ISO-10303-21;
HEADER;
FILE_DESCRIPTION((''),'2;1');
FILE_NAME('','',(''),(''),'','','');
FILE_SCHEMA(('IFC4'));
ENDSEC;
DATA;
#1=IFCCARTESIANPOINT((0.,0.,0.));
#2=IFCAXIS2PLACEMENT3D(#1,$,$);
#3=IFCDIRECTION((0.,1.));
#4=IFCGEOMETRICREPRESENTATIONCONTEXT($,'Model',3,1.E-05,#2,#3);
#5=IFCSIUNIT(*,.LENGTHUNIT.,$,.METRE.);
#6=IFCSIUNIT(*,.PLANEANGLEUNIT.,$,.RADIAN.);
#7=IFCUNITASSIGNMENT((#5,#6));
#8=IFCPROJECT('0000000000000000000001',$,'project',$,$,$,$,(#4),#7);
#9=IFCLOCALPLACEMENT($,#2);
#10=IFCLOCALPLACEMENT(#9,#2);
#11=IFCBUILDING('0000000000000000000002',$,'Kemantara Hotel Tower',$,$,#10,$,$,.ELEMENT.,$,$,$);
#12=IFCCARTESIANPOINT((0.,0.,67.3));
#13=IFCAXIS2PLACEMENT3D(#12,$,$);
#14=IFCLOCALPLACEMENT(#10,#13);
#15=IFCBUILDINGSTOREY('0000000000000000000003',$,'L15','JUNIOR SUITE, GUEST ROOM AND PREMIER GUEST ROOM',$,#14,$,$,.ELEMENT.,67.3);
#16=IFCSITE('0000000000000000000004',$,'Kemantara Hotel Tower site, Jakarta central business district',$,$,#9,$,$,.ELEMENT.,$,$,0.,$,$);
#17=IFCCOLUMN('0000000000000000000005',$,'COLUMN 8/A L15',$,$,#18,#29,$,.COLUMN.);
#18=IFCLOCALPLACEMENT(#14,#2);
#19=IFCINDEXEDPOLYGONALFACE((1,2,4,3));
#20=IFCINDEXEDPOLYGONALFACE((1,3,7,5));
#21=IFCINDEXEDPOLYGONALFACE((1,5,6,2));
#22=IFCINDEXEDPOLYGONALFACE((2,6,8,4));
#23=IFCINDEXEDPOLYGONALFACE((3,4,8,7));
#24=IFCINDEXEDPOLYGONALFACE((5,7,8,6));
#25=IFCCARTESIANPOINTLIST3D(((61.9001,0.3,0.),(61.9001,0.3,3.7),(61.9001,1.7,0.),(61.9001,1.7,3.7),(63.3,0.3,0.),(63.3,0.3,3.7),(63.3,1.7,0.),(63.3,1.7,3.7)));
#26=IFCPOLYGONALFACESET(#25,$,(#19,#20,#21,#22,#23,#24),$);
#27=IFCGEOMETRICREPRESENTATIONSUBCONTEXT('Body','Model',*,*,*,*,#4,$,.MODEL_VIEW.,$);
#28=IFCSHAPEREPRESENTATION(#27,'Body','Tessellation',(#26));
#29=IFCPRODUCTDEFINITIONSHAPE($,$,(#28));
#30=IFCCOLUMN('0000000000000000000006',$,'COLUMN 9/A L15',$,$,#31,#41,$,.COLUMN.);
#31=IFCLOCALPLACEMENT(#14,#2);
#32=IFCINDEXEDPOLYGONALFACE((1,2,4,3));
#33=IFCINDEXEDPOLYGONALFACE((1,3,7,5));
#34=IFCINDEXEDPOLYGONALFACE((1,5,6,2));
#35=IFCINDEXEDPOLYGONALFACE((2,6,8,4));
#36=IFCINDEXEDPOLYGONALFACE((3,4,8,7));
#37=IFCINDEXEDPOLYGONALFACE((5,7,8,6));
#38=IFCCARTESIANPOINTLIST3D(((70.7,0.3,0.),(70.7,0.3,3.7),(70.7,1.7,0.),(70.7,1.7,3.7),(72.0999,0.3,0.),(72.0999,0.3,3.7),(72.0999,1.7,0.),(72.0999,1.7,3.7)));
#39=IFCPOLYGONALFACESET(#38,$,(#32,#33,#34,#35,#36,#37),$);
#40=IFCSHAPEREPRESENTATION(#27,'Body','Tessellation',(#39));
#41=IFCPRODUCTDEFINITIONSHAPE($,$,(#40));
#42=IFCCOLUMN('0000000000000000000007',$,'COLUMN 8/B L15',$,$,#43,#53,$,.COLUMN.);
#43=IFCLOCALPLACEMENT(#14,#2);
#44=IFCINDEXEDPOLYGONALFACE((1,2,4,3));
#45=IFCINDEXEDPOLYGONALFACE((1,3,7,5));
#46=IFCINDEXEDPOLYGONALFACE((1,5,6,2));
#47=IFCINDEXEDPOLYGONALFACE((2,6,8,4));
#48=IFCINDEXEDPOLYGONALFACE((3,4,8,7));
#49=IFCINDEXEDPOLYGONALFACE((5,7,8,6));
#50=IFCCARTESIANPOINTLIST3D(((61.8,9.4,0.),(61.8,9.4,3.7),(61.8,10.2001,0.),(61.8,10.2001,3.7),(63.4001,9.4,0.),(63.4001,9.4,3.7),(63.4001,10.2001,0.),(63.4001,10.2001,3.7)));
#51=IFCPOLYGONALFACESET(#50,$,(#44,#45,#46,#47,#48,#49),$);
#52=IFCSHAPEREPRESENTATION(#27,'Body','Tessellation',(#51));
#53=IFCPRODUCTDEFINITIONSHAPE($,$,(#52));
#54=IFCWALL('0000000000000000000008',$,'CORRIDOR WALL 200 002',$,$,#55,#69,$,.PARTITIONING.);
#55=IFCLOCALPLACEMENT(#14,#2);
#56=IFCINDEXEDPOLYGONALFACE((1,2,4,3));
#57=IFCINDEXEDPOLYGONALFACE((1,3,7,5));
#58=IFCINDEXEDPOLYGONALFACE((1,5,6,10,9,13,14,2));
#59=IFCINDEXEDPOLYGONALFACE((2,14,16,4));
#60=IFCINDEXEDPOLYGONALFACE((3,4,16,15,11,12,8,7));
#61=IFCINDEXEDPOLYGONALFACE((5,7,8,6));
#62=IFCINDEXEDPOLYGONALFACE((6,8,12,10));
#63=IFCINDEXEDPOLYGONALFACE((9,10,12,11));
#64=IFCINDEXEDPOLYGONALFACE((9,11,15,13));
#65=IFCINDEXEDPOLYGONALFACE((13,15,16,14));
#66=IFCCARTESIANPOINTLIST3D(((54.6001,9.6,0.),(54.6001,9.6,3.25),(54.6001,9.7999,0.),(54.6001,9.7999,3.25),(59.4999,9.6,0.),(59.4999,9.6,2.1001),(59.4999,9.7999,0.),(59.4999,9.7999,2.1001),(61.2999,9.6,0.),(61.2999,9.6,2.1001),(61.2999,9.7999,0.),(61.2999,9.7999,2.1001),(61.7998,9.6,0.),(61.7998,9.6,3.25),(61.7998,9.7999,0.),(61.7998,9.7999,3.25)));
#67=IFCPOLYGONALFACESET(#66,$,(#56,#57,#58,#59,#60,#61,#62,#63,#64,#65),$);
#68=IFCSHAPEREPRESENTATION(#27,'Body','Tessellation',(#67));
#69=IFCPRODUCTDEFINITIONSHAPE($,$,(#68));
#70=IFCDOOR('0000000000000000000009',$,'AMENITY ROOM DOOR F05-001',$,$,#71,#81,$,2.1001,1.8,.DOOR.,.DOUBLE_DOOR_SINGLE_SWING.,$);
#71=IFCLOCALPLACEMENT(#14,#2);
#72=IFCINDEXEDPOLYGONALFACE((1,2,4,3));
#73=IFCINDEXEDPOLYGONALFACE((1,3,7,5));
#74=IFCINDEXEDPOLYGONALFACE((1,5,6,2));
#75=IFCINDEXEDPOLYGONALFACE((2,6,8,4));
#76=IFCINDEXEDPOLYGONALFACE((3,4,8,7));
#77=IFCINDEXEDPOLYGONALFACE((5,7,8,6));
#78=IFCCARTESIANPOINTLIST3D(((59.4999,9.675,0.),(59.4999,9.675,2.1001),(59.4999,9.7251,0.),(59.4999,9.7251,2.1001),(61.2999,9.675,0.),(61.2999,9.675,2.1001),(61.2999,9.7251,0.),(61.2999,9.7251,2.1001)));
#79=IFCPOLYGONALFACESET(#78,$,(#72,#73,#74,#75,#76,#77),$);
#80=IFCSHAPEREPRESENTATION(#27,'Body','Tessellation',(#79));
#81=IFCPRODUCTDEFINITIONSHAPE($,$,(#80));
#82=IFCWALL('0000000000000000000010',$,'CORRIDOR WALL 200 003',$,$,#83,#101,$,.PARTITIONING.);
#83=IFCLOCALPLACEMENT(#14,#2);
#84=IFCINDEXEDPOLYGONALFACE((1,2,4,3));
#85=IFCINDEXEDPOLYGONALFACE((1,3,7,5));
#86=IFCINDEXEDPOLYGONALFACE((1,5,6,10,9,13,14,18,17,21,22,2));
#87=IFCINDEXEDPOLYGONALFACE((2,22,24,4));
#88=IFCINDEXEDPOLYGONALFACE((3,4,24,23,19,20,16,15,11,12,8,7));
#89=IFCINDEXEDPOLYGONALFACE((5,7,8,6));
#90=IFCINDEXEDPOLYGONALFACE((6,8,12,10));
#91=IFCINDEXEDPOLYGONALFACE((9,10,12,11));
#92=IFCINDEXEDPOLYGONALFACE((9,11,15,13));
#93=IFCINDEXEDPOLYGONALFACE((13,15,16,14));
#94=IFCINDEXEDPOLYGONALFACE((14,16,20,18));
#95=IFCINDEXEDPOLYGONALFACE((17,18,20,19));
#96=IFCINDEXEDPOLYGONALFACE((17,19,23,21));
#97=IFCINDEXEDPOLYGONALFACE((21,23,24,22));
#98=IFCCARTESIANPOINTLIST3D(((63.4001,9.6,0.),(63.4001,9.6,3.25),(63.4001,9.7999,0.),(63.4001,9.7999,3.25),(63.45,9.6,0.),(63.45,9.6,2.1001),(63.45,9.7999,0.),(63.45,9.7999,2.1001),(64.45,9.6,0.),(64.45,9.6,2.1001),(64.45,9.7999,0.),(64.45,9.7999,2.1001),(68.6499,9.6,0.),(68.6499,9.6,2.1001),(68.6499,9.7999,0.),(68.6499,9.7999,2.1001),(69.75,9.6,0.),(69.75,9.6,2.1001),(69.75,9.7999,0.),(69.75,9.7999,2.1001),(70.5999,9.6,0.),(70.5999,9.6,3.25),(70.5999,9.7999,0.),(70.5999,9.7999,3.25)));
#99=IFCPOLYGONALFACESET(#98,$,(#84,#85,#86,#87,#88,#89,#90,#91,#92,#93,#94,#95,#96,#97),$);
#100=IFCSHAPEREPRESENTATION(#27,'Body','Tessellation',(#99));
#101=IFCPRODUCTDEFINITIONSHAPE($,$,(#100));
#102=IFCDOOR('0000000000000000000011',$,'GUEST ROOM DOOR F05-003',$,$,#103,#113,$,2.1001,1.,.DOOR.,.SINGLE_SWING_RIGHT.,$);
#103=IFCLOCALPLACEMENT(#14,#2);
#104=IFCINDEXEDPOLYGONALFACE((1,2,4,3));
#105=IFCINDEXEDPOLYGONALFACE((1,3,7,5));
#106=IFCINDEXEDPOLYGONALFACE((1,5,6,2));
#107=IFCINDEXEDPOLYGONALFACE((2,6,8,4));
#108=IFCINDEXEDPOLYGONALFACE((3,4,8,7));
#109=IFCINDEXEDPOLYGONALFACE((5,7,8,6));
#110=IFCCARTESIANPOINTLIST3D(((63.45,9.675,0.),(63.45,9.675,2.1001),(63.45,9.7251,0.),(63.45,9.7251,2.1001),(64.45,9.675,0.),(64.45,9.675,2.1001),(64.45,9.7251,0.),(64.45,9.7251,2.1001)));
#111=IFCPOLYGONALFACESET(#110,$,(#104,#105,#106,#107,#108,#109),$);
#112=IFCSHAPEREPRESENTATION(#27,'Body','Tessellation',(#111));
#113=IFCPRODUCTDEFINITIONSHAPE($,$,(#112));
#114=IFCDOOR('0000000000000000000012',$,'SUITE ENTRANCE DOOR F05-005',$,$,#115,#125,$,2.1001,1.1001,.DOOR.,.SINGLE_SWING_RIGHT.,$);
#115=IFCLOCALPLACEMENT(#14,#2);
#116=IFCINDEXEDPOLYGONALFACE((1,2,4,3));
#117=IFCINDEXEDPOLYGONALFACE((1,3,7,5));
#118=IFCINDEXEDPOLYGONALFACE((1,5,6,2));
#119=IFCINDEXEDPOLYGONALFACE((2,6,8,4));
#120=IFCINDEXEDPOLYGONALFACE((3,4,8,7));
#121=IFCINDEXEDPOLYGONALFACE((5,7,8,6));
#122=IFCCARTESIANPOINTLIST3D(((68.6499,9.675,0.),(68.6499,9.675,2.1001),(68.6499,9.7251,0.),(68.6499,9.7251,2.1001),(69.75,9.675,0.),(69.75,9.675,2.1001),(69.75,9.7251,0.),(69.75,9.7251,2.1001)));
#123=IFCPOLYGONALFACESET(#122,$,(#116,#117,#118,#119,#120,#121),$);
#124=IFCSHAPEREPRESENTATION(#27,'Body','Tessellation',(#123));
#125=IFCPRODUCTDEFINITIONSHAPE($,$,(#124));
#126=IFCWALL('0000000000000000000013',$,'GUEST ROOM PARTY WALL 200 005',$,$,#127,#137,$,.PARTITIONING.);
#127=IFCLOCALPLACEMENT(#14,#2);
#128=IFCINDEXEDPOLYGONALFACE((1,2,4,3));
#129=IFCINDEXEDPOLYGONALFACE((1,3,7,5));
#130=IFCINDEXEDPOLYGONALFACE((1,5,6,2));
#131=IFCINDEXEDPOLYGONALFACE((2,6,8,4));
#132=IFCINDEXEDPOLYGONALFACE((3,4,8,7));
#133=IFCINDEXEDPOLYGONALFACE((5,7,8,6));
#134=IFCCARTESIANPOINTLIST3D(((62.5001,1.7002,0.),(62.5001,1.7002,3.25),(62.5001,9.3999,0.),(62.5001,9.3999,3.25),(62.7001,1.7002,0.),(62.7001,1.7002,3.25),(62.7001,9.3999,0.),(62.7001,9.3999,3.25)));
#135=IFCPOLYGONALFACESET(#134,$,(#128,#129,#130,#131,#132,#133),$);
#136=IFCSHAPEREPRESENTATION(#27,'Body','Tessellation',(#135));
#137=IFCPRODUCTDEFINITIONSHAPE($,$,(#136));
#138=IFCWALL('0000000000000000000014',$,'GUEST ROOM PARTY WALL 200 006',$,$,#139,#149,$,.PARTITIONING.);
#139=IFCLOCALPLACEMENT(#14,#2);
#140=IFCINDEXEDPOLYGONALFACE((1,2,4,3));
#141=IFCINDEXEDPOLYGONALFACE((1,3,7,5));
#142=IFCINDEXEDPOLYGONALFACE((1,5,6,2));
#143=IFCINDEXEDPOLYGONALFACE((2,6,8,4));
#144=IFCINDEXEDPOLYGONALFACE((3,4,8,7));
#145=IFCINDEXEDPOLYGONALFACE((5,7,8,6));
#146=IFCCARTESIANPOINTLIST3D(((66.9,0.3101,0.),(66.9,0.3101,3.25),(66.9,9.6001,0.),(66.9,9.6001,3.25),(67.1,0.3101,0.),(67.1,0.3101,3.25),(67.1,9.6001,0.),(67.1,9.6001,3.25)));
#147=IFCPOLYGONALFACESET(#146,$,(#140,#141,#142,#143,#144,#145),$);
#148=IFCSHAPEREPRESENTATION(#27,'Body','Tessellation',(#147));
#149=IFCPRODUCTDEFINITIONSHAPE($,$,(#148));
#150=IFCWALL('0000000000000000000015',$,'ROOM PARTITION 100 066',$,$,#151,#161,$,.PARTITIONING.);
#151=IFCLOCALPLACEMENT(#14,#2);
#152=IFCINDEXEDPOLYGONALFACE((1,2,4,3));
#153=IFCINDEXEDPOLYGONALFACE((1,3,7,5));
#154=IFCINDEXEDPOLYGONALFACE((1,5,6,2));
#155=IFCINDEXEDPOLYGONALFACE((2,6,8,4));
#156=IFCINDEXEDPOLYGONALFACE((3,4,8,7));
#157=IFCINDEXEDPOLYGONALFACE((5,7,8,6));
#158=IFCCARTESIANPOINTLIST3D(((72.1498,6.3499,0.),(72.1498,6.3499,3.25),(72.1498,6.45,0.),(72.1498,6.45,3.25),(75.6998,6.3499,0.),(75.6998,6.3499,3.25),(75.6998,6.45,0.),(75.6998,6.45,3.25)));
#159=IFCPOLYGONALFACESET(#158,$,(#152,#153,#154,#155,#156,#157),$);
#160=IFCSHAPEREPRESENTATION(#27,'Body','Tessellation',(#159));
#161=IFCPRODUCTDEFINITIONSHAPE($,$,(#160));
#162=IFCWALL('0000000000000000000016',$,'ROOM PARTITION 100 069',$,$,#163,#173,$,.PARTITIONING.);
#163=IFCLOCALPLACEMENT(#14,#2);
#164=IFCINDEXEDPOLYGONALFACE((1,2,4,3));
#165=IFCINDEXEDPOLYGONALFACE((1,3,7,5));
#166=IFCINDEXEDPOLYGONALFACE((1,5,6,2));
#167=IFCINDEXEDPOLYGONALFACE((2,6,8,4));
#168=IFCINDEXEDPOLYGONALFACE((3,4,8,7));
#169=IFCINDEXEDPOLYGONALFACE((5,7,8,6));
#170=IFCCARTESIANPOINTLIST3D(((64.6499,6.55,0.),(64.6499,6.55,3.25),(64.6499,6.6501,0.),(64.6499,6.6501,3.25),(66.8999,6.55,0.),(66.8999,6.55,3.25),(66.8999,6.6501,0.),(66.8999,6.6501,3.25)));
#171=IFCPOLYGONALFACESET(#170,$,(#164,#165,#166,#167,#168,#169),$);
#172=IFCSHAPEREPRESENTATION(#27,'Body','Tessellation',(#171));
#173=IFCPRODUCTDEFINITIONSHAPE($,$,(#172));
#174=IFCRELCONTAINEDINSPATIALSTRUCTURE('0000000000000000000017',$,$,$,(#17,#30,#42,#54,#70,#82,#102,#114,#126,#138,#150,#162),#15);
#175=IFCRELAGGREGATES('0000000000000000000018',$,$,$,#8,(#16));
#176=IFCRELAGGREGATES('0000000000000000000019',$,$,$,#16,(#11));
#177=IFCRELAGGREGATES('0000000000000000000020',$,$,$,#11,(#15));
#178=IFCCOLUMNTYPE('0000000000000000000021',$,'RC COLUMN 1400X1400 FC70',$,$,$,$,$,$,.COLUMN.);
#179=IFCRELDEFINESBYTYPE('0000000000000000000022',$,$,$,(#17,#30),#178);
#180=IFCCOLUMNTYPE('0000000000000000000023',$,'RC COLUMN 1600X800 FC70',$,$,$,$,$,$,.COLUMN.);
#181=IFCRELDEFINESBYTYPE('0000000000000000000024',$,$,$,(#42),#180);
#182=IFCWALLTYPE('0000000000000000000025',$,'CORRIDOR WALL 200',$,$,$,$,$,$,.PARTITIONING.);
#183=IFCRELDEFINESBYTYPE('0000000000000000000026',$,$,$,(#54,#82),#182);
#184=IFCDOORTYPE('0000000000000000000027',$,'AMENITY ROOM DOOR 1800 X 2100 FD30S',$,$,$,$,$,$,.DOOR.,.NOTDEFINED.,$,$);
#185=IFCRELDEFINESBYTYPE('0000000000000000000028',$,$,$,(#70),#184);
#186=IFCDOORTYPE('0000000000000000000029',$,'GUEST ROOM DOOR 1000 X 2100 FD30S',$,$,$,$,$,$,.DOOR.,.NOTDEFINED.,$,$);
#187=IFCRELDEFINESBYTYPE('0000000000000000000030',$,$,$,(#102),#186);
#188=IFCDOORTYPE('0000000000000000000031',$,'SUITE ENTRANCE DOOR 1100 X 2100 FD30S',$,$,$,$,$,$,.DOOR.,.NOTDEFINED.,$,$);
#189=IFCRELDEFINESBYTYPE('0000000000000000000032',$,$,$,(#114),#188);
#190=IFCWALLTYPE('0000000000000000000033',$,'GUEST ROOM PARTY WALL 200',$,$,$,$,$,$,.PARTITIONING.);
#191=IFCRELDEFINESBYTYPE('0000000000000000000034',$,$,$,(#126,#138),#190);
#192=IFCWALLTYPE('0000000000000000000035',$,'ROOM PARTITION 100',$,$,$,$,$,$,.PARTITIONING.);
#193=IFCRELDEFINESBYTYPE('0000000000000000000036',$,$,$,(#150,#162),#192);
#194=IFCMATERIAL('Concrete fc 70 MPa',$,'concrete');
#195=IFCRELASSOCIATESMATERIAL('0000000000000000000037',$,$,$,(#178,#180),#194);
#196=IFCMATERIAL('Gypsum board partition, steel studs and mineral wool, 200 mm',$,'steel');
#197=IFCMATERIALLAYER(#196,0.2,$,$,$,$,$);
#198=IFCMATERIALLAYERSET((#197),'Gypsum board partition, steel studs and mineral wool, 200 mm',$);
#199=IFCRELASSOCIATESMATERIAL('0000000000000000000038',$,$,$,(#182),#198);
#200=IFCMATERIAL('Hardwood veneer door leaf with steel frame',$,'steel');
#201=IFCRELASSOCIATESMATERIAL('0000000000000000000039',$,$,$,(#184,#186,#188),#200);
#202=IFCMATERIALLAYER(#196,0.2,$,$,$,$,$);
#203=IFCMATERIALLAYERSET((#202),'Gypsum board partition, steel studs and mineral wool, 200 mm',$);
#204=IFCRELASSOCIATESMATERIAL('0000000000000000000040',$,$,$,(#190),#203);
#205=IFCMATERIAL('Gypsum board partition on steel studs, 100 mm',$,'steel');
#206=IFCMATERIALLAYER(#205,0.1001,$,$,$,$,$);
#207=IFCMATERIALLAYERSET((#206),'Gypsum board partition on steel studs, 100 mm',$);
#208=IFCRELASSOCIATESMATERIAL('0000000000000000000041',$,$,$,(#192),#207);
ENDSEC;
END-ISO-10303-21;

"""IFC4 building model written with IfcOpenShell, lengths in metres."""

from ifc_helpers import new_model, si_unit, direction, frame, frame_2d, origin, origin_2d, place, context, subcontext, project, spatial, rectangle, extrude, material, layer, layer_set, material_profile, profile_set, type_object, element, fill, save


model = new_model("IFC4")

# Units and contexts
model_context = context("Model", 3, precision=1e-05, world=origin(), true_north=direction((0.0, 1.0)))
body_context = subcontext(model_context, "Body", "Model", "MODEL_VIEW")
ifc_project = project(units=[si_unit("LENGTHUNIT", "METRE"), si_unit("PLANEANGLEUNIT", "RADIAN")], contexts=[model_context])

# Site, building, storey
site_placement = place(None, origin())
site = spatial("IfcSite", under=ifc_project, at=site_placement, Name="Kemantara Hotel Tower site, Jakarta central business district", CompositionType="ELEMENT", RefElevation=0.0)
building_placement = place(site_placement, origin())
building = spatial("IfcBuilding", under=site, at=building_placement, Name="Kemantara Hotel Tower", CompositionType="ELEMENT")
storey_placement = place(building_placement, frame((0.0, 0.0, 67.3)))
storey = spatial("IfcBuildingStorey", under=building, at=storey_placement, Name="L15", Description="JUNIOR SUITE, GUEST ROOM AND PREMIER GUEST ROOM", CompositionType="ELEMENT", Elevation=67.3)

# Columns
ifc_material_1 = material(Name="Concrete fc 70 MPa", Category="concrete")
ifc_material_profile_1 = material_profile(ifc_material_1, rectangle(XDim=1.3999, YDim=1.3999, at=origin_2d()), Name="RC 1400X1400")
ifc_profile_set_1 = profile_set([ifc_material_profile_1], Name="Concrete fc 70 MPa")
column_type_1 = type_object("IfcColumnType", Name="RC COLUMN 1400X1400 FC70", PredefinedType="COLUMN", material=ifc_profile_set_1)
for number, where, z_axis, x_axis, name in (
    (1, (62.6001, 1.0, 0.0), (0.0, 0.0, 1.0), (1.0, 0.0, 0.0), "COLUMN 8/A L15"),
    (2, (71.3999, 1.0, 0.0), (0.0, 0.0, 1.0), (1.0, 0.0, 0.0), "COLUMN 9/A L15"),
):
    element("IfcColumn", number, at=place(storey_placement, frame(where, z_axis=z_axis, x_axis=x_axis)), inside=storey, type_object=column_type_1, Name=name, PredefinedType="COLUMN", context=body_context, shape_type="SweptSolid", body=[
        extrude(rectangle(XDim=1.3999, YDim=1.3999, at=origin_2d()), origin(), (0.0, 0.0, 1.0), 3.7),
    ])
ifc_material_profile_2 = material_profile(ifc_material_1, rectangle(XDim=1.6001, YDim=0.8, at=origin_2d()), Name="RC 1600X800")
ifc_profile_set_2 = profile_set([ifc_material_profile_2], Name="Concrete fc 70 MPa")
column_type_2 = type_object("IfcColumnType", Name="RC COLUMN 1600X800 FC70", PredefinedType="COLUMN", material=ifc_profile_set_2)
column_placement = place(storey_placement, frame((62.6001, 9.8, 0.0), z_axis=(0.0, 0.0, 1.0), x_axis=(1.0, 0.0, 0.0)))
element("IfcColumn", 3, at=column_placement, inside=storey, type_object=column_type_2, Name="COLUMN 8/B L15", PredefinedType="COLUMN", context=body_context, shape_type="SweptSolid", body=[
    extrude(rectangle(XDim=1.6001, YDim=0.8, at=origin_2d()), origin(), (0.0, 0.0, 1.0), 3.7),
])

# Wall, opening, door
ifc_material_2 = material(Name="Gypsum board partition, steel studs and mineral wool, 200 mm", Category="steel")
ifc_layer_1 = layer(ifc_material_2, 0.2)
ifc_layer_set_1 = layer_set([ifc_layer_1], Name="Gypsum board partition, steel studs and mineral wool, 200 mm")
wall_type_1 = type_object("IfcWallType", Name="CORRIDOR WALL 200", PredefinedType="PARTITIONING", material=ifc_layer_set_1)
wall_1_placement = place(storey_placement, frame((61.7998, 9.7, 0.0), z_axis=(0.0, 0.0, 1.0), x_axis=(-1.0, 0.0, 0.0)))
wall_1 = element("IfcWall", 4, at=wall_1_placement, inside=storey, type_object=wall_type_1, Name="CORRIDOR WALL 200 002", PredefinedType="PARTITIONING", context=body_context, shape_type="SweptSolid", body=[
    extrude(rectangle(XDim=7.1997, YDim=0.2, at=frame_2d((3.5999, 0.0))), origin(), (0.0, 0.0, 1.0), 3.25),
])
opening_1_placement = place(wall_1_placement, frame((0.5, 0.0, 0.0)))
opening_1 = element("IfcOpeningElement", 5, at=opening_1_placement, cuts=wall_1, PredefinedType="OPENING", context=body_context, shape_type="SweptSolid", body=[
    extrude(rectangle(XDim=1.8, YDim=2.1001, at=frame_2d((0.8999, 1.05))), frame((0.0, 0.1099, 0.0), z_axis=(0.0, -1.0, 0.0), x_axis=(1.0, 0.0, 0.0)), (0.0, 0.0, 1.0), 0.22),
])
ifc_material_3 = material(Name="Hardwood veneer door leaf with steel frame", Category="steel")
door_type_1 = type_object("IfcDoorType", Name="AMENITY ROOM DOOR 1800 X 2100 FD30S", OperationType="NOTDEFINED", PredefinedType="DOOR", material=ifc_material_3)
door_1_placement = place(opening_1_placement, origin())
door_1 = element("IfcDoor", 6, at=door_1_placement, inside=storey, type_object=door_type_1, Name="AMENITY ROOM DOOR F05-001", OperationType="DOUBLE_DOOR_SINGLE_SWING", OverallHeight=2.1001, OverallWidth=1.8, PredefinedType="DOOR", context=body_context, shape_type="SweptSolid", body=[
    extrude(rectangle(XDim=1.8, YDim=2.1001, at=frame_2d((0.8999, 1.05))), frame((0.0, 0.0249, 0.0), z_axis=(0.0, -1.0, 0.0), x_axis=(1.0, 0.0, 0.0)), (0.0, 0.0, 1.0), 0.05),
])
fill(opening_1, door_1)

# Wall, openings, doors
wall_2_placement = place(storey_placement, frame((70.5999, 9.7, 0.0), z_axis=(0.0, 0.0, 1.0), x_axis=(-1.0, 0.0, 0.0)))
wall_2 = element("IfcWall", 7, at=wall_2_placement, inside=storey, type_object=wall_type_1, Name="CORRIDOR WALL 200 003", PredefinedType="PARTITIONING", context=body_context, shape_type="SweptSolid", body=[
    extrude(rectangle(XDim=7.1997, YDim=0.2, at=frame_2d((3.5999, 0.0))), origin(), (0.0, 0.0, 1.0), 3.25),
])
opening_2_placement = place(wall_2_placement, frame((6.1499, 0.0, 0.0)))
opening_2 = element("IfcOpeningElement", 8, at=opening_2_placement, cuts=wall_2, PredefinedType="OPENING", context=body_context, shape_type="SweptSolid", body=[
    extrude(rectangle(XDim=1.0, YDim=2.1001, at=frame_2d((0.5, 1.05))), frame((0.0, 0.1099, 0.0), z_axis=(0.0, -1.0, 0.0), x_axis=(1.0, 0.0, 0.0)), (0.0, 0.0, 1.0), 0.22),
])
opening_3_placement = place(wall_2_placement, frame((0.8499, 0.0, 0.0)))
opening_3 = element("IfcOpeningElement", 9, at=opening_3_placement, cuts=wall_2, PredefinedType="OPENING", context=body_context, shape_type="SweptSolid", body=[
    extrude(rectangle(XDim=1.1001, YDim=2.1001, at=frame_2d((0.55, 1.05))), frame((0.0, 0.1099, 0.0), z_axis=(0.0, -1.0, 0.0), x_axis=(1.0, 0.0, 0.0)), (0.0, 0.0, 1.0), 0.22),
])
door_type_2 = type_object("IfcDoorType", Name="GUEST ROOM DOOR 1000 X 2100 FD30S", OperationType="NOTDEFINED", PredefinedType="DOOR", material=ifc_material_3)
door_2_placement = place(opening_2_placement, origin())
door_2 = element("IfcDoor", 10, at=door_2_placement, inside=storey, type_object=door_type_2, Name="GUEST ROOM DOOR F05-003", OperationType="SINGLE_SWING_RIGHT", OverallHeight=2.1001, OverallWidth=1.0, PredefinedType="DOOR", context=body_context, shape_type="SweptSolid", body=[
    extrude(rectangle(XDim=1.0, YDim=2.1001, at=frame_2d((0.5, 1.05))), frame((0.0, 0.0249, 0.0), z_axis=(0.0, -1.0, 0.0), x_axis=(1.0, 0.0, 0.0)), (0.0, 0.0, 1.0), 0.05),
])
fill(opening_2, door_2)
door_type_3 = type_object("IfcDoorType", Name="SUITE ENTRANCE DOOR 1100 X 2100 FD30S", OperationType="NOTDEFINED", PredefinedType="DOOR", material=ifc_material_3)
door_3_placement = place(opening_3_placement, origin())
door_3 = element("IfcDoor", 11, at=door_3_placement, inside=storey, type_object=door_type_3, Name="SUITE ENTRANCE DOOR F05-005", OperationType="SINGLE_SWING_RIGHT", OverallHeight=2.1001, OverallWidth=1.1001, PredefinedType="DOOR", context=body_context, shape_type="SweptSolid", body=[
    extrude(rectangle(XDim=1.1001, YDim=2.1001, at=frame_2d((0.55, 1.05))), frame((0.0, 0.0249, 0.0), z_axis=(0.0, -1.0, 0.0), x_axis=(1.0, 0.0, 0.0)), (0.0, 0.0, 1.0), 0.05),
])
fill(opening_3, door_3)

# Walls
ifc_layer_2 = layer(ifc_material_2, 0.2)
ifc_layer_set_2 = layer_set([ifc_layer_2], Name="Gypsum board partition, steel studs and mineral wool, 200 mm")
wall_type_2 = type_object("IfcWallType", Name="GUEST ROOM PARTY WALL 200", PredefinedType="PARTITIONING", material=ifc_layer_set_2)
wall_3_placement = place(storey_placement, frame((62.6001, 1.7002, 0.0), z_axis=(0.0, 0.0, 1.0), x_axis=(0.0, 1.0, 0.0)))
element("IfcWall", 12, at=wall_3_placement, inside=storey, type_object=wall_type_2, Name="GUEST ROOM PARTY WALL 200 005", PredefinedType="PARTITIONING", context=body_context, shape_type="SweptSolid", body=[
    extrude(rectangle(XDim=7.6997, YDim=0.2, at=frame_2d((3.8499, 0.0))), origin(), (0.0, 0.0, 1.0), 3.25),
])
wall_4_placement = place(storey_placement, frame((67.0, 0.3101, 0.0), z_axis=(0.0, 0.0, 1.0), x_axis=(0.0, 1.0, 0.0)))
element("IfcWall", 13, at=wall_4_placement, inside=storey, type_object=wall_type_2, Name="GUEST ROOM PARTY WALL 200 006", PredefinedType="PARTITIONING", context=body_context, shape_type="SweptSolid", body=[
    extrude(rectangle(XDim=9.29, YDim=0.2, at=frame_2d((4.645, 0.0))), origin(), (0.0, 0.0, 1.0), 3.25),
])
ifc_material_4 = material(Name="Gypsum board partition on steel studs, 100 mm", Category="steel")
ifc_layer_3 = layer(ifc_material_4, 0.1001)
ifc_layer_set_3 = layer_set([ifc_layer_3], Name="Gypsum board partition on steel studs, 100 mm")
wall_type_3 = type_object("IfcWallType", Name="ROOM PARTITION 100", PredefinedType="PARTITIONING", material=ifc_layer_set_3)
wall_5_placement = place(storey_placement, frame((72.1499, 6.3999, 0.0), z_axis=(0.0, 0.0, 1.0), x_axis=(1.0, 0.0, 0.0)))
element("IfcWall", 14, at=wall_5_placement, inside=storey, type_object=wall_type_3, Name="ROOM PARTITION 100 066", PredefinedType="PARTITIONING", context=body_context, shape_type="SweptSolid", body=[
    extrude(rectangle(XDim=3.55, YDim=0.1001, at=frame_2d((1.7749, 0.0))), origin(), (0.0, 0.0, 1.0), 3.25),
])
wall_6_placement = place(storey_placement, frame((64.6499, 6.6001, 0.0), z_axis=(0.0, 0.0, 1.0), x_axis=(1.0, 0.0, 0.0)))
element("IfcWall", 15, at=wall_6_placement, inside=storey, type_object=wall_type_3, Name="ROOM PARTITION 100 069", PredefinedType="PARTITIONING", context=body_context, shape_type="SweptSolid", body=[
    extrude(rectangle(XDim=2.25, YDim=0.1001, at=frame_2d((1.125, 0.0))), origin(), (0.0, 0.0, 1.0), 3.25),
])

save(model, "model.ifc")
